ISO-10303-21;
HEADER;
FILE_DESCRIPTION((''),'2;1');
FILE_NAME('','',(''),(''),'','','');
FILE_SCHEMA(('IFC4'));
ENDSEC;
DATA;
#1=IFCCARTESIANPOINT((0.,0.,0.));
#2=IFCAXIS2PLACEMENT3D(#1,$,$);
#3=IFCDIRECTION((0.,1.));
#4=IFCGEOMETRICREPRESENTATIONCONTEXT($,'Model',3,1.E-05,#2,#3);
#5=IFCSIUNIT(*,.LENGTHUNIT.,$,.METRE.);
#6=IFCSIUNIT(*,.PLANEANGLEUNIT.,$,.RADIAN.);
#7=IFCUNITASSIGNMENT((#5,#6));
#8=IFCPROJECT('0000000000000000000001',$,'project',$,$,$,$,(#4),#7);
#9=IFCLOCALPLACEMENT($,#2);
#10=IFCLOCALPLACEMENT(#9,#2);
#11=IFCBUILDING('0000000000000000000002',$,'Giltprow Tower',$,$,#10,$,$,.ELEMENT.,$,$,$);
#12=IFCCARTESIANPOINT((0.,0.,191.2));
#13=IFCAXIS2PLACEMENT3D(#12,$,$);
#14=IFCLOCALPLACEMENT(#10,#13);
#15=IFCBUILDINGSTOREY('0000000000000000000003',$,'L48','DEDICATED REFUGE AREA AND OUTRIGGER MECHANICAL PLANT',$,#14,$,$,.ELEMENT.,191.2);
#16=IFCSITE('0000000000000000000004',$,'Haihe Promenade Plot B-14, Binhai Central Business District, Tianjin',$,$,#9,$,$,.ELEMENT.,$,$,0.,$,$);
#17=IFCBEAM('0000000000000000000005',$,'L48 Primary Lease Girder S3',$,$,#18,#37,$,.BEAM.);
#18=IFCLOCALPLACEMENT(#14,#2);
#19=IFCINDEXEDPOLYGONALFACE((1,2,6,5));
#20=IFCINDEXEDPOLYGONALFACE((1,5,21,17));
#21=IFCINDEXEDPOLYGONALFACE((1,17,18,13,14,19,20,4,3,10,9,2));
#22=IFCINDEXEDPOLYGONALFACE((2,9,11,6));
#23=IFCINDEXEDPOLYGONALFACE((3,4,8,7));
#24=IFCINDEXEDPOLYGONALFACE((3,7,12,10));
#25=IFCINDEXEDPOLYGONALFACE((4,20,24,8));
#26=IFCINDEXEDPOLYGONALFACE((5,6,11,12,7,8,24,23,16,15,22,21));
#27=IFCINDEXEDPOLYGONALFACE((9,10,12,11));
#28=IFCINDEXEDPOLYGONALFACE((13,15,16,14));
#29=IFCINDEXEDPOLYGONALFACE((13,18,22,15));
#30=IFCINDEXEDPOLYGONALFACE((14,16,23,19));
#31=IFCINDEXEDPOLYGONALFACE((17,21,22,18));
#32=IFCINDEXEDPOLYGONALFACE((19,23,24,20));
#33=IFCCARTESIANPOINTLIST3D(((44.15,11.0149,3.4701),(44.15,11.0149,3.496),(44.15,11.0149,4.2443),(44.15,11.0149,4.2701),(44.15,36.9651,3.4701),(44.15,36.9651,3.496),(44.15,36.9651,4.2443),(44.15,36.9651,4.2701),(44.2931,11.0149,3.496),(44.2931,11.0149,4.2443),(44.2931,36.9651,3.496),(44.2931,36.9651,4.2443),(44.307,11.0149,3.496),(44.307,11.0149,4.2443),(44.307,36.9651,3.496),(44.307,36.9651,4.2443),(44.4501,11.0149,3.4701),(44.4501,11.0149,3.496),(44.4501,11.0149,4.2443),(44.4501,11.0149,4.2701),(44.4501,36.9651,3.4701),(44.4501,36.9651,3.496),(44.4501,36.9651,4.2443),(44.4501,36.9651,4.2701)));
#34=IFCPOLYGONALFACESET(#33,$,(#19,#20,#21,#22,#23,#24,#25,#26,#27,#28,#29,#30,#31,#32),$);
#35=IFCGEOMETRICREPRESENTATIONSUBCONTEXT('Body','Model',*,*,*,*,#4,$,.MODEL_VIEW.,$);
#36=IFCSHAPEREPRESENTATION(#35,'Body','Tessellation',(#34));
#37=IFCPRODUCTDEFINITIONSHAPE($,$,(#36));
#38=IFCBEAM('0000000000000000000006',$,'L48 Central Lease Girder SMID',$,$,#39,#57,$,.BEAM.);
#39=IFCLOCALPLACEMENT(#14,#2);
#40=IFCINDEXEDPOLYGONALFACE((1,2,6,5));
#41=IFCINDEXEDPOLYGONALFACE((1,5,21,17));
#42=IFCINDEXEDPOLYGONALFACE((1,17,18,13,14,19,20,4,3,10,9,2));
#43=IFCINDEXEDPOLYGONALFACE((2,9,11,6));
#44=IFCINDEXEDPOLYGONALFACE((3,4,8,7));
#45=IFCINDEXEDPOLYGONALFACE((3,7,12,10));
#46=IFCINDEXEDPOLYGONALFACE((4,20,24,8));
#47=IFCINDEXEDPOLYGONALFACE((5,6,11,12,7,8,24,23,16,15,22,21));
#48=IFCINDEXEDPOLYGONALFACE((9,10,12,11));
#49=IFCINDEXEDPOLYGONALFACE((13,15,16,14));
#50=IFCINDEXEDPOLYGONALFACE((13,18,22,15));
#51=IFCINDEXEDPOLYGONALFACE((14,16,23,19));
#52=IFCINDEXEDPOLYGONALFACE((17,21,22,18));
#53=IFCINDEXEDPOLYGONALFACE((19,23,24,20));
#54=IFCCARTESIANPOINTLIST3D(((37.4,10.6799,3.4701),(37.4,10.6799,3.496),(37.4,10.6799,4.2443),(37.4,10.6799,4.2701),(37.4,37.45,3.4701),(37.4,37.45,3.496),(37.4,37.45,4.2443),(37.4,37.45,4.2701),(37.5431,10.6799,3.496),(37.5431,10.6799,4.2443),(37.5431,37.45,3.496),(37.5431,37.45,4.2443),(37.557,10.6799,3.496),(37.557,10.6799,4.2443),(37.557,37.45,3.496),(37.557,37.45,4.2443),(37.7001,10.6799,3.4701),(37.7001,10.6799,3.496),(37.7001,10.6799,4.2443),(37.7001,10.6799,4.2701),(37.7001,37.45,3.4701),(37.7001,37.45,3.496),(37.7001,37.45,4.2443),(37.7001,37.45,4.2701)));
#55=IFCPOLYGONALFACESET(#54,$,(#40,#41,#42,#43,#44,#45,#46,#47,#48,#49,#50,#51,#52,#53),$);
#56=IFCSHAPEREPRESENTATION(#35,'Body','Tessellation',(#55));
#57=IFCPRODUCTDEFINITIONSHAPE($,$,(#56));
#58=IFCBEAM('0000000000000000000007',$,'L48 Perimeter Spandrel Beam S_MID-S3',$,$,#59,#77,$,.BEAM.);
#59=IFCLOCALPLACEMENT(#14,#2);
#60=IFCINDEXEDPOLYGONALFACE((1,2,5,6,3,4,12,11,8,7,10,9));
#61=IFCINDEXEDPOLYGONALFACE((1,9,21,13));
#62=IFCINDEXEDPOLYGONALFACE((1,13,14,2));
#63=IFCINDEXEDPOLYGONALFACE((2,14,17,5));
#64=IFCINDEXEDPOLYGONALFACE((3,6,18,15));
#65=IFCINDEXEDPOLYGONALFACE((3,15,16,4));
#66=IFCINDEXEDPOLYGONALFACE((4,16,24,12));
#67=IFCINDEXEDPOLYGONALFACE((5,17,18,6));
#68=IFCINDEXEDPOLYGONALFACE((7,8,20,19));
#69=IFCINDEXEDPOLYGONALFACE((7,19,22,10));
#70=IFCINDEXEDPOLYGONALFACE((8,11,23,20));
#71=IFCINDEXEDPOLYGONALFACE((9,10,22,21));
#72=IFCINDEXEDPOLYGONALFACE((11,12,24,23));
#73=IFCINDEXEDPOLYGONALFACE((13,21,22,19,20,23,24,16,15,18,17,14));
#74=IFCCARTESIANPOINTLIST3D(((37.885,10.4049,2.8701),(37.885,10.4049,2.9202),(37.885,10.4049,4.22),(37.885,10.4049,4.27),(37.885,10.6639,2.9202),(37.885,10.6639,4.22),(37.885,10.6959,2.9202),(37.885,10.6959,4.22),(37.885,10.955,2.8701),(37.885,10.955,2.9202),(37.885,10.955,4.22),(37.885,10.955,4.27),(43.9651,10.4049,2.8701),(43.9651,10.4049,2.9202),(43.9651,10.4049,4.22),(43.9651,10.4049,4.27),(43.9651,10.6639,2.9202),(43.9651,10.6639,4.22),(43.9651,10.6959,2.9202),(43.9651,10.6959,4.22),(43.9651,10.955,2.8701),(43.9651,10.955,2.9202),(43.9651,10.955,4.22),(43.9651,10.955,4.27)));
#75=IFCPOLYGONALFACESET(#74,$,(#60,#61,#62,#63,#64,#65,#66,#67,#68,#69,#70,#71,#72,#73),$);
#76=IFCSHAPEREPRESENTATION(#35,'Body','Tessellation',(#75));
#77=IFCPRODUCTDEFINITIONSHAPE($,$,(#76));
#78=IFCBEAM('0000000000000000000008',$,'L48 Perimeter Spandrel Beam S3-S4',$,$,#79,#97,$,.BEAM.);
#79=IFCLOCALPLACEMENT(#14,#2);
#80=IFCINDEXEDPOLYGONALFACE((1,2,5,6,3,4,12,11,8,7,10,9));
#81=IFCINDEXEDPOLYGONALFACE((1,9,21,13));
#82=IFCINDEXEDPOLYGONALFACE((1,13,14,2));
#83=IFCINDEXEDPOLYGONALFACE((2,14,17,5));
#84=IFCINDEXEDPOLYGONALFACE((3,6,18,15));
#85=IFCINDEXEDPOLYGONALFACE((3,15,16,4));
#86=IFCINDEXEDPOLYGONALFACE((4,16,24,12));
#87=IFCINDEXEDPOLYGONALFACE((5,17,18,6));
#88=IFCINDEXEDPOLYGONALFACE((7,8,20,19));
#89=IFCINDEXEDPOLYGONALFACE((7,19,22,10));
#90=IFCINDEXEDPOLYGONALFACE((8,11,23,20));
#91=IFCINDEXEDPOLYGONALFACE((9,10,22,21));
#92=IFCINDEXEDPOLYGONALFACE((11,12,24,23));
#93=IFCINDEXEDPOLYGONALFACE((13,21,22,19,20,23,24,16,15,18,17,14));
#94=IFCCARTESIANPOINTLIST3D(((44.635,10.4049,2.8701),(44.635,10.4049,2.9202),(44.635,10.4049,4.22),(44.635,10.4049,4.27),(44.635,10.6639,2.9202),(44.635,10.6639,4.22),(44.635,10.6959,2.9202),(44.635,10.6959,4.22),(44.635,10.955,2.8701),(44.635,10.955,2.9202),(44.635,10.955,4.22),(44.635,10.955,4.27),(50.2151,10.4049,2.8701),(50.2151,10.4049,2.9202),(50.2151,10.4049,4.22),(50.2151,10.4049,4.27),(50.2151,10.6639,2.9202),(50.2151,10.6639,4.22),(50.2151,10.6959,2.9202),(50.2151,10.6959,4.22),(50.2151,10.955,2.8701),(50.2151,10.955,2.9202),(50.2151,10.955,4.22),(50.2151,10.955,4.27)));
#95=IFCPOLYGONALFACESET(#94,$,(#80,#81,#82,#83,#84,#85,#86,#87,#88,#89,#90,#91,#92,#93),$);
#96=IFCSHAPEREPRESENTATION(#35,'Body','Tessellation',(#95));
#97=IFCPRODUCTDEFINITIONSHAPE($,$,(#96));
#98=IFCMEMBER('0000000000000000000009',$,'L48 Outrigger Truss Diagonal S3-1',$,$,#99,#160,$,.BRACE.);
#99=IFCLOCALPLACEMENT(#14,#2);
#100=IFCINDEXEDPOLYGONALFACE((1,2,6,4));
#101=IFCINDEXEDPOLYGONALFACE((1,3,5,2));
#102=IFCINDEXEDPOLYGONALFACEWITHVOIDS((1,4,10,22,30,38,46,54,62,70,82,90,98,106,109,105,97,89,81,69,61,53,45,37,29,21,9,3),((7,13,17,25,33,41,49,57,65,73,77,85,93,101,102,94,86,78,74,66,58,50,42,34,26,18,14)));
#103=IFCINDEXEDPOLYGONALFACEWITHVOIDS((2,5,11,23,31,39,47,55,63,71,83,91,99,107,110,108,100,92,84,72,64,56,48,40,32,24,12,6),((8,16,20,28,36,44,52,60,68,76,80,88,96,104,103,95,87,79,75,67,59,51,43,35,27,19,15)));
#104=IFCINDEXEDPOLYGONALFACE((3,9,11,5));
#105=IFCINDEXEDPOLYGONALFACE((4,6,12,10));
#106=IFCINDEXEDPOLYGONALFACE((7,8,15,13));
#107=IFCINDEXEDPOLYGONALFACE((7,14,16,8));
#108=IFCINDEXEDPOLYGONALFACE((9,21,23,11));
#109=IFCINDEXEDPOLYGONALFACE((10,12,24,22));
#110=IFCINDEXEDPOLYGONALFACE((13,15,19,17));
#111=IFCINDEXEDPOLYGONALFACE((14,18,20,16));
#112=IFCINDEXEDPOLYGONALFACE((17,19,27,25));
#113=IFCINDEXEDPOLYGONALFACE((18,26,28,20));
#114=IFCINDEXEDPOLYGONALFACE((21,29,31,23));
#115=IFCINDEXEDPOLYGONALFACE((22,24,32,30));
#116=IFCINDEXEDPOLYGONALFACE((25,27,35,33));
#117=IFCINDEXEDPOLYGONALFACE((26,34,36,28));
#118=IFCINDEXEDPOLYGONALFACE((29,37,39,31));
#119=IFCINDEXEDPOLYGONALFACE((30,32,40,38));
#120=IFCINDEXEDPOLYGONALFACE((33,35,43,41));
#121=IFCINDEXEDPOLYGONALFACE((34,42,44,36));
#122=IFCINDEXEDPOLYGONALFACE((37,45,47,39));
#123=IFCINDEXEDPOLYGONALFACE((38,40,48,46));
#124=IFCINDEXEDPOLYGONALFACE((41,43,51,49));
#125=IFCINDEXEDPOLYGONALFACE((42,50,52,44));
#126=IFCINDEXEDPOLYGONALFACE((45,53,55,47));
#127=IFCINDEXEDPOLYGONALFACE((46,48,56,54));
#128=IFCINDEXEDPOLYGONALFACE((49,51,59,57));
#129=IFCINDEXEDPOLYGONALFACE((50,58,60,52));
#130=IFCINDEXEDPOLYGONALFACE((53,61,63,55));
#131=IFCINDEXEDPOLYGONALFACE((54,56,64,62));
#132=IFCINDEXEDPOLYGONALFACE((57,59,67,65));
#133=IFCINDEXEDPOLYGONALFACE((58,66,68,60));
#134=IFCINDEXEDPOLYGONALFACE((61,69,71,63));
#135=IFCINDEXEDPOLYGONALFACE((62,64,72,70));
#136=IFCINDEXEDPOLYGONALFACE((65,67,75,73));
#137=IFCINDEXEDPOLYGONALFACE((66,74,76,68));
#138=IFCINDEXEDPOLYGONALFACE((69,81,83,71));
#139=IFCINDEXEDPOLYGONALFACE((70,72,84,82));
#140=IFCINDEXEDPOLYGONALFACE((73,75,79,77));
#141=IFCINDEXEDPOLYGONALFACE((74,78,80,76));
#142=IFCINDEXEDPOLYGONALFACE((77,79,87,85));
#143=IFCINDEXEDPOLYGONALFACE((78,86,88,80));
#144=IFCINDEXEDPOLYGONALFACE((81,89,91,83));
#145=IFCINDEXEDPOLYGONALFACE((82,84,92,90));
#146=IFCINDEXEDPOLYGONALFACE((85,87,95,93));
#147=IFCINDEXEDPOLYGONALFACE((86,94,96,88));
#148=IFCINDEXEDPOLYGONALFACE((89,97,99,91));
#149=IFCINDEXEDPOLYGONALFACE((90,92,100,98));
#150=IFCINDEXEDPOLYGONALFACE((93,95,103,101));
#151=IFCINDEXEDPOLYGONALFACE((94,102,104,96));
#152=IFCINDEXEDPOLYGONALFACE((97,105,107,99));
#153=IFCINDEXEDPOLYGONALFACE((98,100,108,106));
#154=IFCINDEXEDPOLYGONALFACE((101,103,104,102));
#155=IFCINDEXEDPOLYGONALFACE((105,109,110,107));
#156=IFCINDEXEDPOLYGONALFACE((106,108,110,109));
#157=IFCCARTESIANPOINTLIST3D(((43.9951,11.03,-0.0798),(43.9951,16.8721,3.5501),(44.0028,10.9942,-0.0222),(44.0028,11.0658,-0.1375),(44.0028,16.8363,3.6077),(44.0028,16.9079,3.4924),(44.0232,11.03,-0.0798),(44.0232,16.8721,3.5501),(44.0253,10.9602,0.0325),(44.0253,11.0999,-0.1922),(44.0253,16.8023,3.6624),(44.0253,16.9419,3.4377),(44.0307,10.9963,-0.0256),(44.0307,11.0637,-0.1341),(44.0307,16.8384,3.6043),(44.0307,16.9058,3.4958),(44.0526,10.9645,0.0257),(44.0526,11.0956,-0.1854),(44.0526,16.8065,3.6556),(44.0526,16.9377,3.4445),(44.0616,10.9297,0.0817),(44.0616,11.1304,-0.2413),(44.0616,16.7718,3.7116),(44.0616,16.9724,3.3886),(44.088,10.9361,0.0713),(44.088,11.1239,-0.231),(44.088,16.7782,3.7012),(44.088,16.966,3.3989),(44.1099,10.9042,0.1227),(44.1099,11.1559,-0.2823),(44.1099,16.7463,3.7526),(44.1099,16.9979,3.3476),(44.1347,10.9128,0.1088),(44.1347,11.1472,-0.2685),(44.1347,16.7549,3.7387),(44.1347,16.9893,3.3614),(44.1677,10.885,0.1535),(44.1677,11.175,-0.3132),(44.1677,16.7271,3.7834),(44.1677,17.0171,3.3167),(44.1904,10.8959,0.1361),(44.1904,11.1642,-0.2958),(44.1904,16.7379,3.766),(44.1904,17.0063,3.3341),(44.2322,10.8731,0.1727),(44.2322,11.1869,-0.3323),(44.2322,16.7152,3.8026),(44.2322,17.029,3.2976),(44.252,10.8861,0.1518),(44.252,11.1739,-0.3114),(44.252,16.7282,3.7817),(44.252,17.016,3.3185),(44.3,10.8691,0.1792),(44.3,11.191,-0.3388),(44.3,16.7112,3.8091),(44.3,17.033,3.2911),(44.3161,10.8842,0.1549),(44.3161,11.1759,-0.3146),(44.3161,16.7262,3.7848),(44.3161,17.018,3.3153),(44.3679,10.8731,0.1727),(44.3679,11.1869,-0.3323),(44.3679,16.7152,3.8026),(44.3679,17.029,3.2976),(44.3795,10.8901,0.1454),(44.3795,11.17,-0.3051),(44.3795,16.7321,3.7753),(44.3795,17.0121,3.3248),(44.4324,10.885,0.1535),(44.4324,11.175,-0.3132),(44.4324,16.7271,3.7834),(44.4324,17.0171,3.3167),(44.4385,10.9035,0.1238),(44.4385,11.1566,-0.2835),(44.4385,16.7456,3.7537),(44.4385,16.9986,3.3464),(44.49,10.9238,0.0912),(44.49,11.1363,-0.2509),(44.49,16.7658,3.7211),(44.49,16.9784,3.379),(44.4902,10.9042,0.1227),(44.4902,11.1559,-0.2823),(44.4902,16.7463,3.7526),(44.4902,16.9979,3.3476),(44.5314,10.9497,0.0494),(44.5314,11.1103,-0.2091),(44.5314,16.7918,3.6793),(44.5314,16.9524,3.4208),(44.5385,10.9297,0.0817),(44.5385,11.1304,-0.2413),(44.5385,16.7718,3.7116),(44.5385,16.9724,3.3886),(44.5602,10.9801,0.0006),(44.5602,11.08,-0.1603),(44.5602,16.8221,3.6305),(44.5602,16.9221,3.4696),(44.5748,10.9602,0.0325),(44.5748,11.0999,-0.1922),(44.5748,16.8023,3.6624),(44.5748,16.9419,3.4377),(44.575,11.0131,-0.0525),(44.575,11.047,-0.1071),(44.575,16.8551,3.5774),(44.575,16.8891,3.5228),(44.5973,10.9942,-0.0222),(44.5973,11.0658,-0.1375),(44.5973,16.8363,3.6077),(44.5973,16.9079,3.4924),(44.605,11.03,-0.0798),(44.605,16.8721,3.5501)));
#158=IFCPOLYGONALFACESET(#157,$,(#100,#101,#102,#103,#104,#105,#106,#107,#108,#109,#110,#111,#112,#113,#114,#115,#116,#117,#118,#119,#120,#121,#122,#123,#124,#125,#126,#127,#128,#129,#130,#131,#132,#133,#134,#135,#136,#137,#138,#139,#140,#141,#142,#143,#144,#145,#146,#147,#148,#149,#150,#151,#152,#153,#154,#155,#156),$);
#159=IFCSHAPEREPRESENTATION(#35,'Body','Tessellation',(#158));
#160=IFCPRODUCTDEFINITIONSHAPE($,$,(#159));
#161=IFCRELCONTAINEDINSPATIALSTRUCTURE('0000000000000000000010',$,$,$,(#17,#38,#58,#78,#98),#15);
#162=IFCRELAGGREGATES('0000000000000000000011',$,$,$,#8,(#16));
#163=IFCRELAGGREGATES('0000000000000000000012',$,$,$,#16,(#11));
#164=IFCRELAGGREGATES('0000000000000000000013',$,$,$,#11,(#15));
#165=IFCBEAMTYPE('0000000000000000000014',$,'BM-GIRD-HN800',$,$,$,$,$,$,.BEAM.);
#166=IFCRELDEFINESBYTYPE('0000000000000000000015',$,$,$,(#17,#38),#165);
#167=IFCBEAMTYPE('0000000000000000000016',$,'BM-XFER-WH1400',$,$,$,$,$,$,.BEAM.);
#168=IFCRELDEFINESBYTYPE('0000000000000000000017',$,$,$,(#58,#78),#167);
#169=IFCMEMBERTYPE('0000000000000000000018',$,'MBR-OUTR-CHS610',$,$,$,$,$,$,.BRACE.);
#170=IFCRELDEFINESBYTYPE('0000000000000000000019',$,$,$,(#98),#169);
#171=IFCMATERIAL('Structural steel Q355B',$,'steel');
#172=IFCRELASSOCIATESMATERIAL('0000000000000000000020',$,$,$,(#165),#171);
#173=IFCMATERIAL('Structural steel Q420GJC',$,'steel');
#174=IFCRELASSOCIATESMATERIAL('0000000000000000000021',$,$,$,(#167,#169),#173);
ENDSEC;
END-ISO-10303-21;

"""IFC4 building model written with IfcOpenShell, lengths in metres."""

from ifc_helpers import new_model, si_unit, direction, frame, origin, origin_2d, place, context, subcontext, project, spatial, hollow_circle, i_section, extrude, source, transform, mapped, material, material_profile, profile_set, type_object, element, save


model = new_model("IFC4")

# Units and contexts
model_context = context("Model", 3, precision=1e-05, world=origin(), true_north=direction((0.0, 1.0)))
body_context = subcontext(model_context, "Body", "Model", "MODEL_VIEW")
ifc_project = project(units=[si_unit("LENGTHUNIT", "METRE"), si_unit("PLANEANGLEUNIT", "RADIAN")], contexts=[model_context])

# Site, building, storey
site_placement = place(None, origin())
site = spatial("IfcSite", under=ifc_project, at=site_placement, Name="Haihe Promenade Plot B-14, Binhai Central Business District, Tianjin", CompositionType="ELEMENT", RefElevation=0.0)
building_placement = place(site_placement, origin())
building = spatial("IfcBuilding", under=site, at=building_placement, Name="Giltprow Tower", CompositionType="ELEMENT")
storey_placement = place(building_placement, frame((0.0, 0.0, 191.2)))
storey = spatial("IfcBuildingStorey", under=building, at=storey_placement, Name="L48", Description="DEDICATED REFUGE AREA AND OUTRIGGER MECHANICAL PLANT", CompositionType="ELEMENT", Elevation=191.2)

# Shared definitions
ifc_material_1 = material(Name="Structural steel Q420GJC", Category="steel")

# Beams
ifc_material_2 = material(Name="Structural steel Q355B", Category="steel")
ifc_material_profile_1 = material_profile(ifc_material_2, i_section(OverallWidth=0.3, OverallDepth=0.8, WebThickness=0.0139, FlangeThickness=0.0259, at=origin_2d()), Name="HN 800x300x14x26")
ifc_profile_set_1 = profile_set([ifc_material_profile_1], Name="Structural steel Q355B")
beam_type_1 = type_object("IfcBeamType", Name="BM-GIRD-HN800", PredefinedType="BEAM", material=ifc_profile_set_1)
shared_shape_1 = source(origin(), body_context, "Body", "SweptSolid", [
    extrude(i_section(OverallWidth=0.3, OverallDepth=0.8, WebThickness=0.0139, FlangeThickness=0.0259, at=origin_2d()), origin(), (0.0, 0.0, 1.0), 25.9502),
])
beam_1_placement = place(storey_placement, frame((44.3, 11.0149, 3.8701), z_axis=(0.0, 1.0, 0.0), x_axis=(-1.0, 0.0, 0.0)))
element("IfcBeam", 1, at=beam_1_placement, inside=storey, type_object=beam_type_1, Name="L48 Primary Lease Girder S3", PredefinedType="BEAM", context=body_context, shape_type="MappedRepresentation", body=[
    mapped(shared_shape_1, transform((0.0, 0.0, 0.0), x_axis=(1.0, 0.0, 0.0), y_axis=(0.0, 1.0, 0.0), z_axis=(0.0, 0.0, 1.0), scale=1.0)),
])
shared_shape_2 = source(origin(), body_context, "Body", "SweptSolid", [
    extrude(i_section(OverallWidth=0.3, OverallDepth=0.8, WebThickness=0.0139, FlangeThickness=0.0259, at=origin_2d()), origin(), (0.0, 0.0, 1.0), 26.77),
])
beam_2_placement = place(storey_placement, frame((37.55, 10.6799, 3.8701), z_axis=(0.0, 1.0, 0.0), x_axis=(-1.0, 0.0, 0.0)))
element("IfcBeam", 2, at=beam_2_placement, inside=storey, type_object=beam_type_1, Name="L48 Central Lease Girder SMID", PredefinedType="BEAM", context=body_context, shape_type="MappedRepresentation", body=[
    mapped(shared_shape_2, transform((0.0, 0.0, 0.0), x_axis=(1.0, 0.0, 0.0), y_axis=(0.0, 1.0, 0.0), z_axis=(0.0, 0.0, 1.0), scale=1.0)),
])
ifc_material_profile_2 = material_profile(ifc_material_1, i_section(OverallWidth=0.55, OverallDepth=1.3999, WebThickness=0.032, FlangeThickness=0.05, at=origin_2d()), Name="WH 1400x550x32x50")
ifc_profile_set_2 = profile_set([ifc_material_profile_2], Name="Structural steel Q420GJC")
beam_type_2 = type_object("IfcBeamType", Name="BM-XFER-WH1400", PredefinedType="BEAM", material=ifc_profile_set_2)
shared_shape_3 = source(origin(), body_context, "Body", "SweptSolid", [
    extrude(i_section(OverallWidth=0.55, OverallDepth=1.3999, WebThickness=0.032, FlangeThickness=0.05, at=origin_2d()), origin(), (0.0, 0.0, 1.0), 6.0801),
])
beam_3_placement = place(storey_placement, frame((37.885, 10.6799, 3.5701), z_axis=(1.0, 0.0, 0.0), x_axis=(0.0, 1.0, 0.0)))
element("IfcBeam", 3, at=beam_3_placement, inside=storey, type_object=beam_type_2, Name="L48 Perimeter Spandrel Beam S_MID-S3", PredefinedType="BEAM", context=body_context, shape_type="MappedRepresentation", body=[
    mapped(shared_shape_3, transform((0.0, 0.0, 0.0), x_axis=(1.0, 0.0, 0.0), y_axis=(0.0, 1.0, 0.0), z_axis=(0.0, 0.0, 1.0), scale=1.0)),
])
shared_shape_4 = source(origin(), body_context, "Body", "SweptSolid", [
    extrude(i_section(OverallWidth=0.55, OverallDepth=1.3999, WebThickness=0.032, FlangeThickness=0.05, at=origin_2d()), origin(), (0.0, 0.0, 1.0), 5.5801),
])
beam_4_placement = place(storey_placement, frame((44.635, 10.6799, 3.5701), z_axis=(1.0, 0.0, 0.0), x_axis=(0.0, 1.0, 0.0)))
element("IfcBeam", 4, at=beam_4_placement, inside=storey, type_object=beam_type_2, Name="L48 Perimeter Spandrel Beam S3-S4", PredefinedType="BEAM", context=body_context, shape_type="MappedRepresentation", body=[
    mapped(shared_shape_4, transform((0.0, 0.0, 0.0), x_axis=(1.0, 0.0, 0.0), y_axis=(0.0, 1.0, 0.0), z_axis=(0.0, 0.0, 1.0), scale=1.0)),
])

# Member
ifc_material_profile_3 = material_profile(ifc_material_1, hollow_circle(Radius=0.3049, WallThickness=0.0281, at=origin_2d()), Name="CHS 610x28")
ifc_profile_set_3 = profile_set([ifc_material_profile_3], Name="Structural steel Q420GJC")
member_type_1 = type_object("IfcMemberType", Name="MBR-OUTR-CHS610", PredefinedType="BRACE", material=ifc_profile_set_3)
shared_shape_5 = source(origin(), body_context, "Body", "SweptSolid", [
    extrude(hollow_circle(Radius=0.3049, WallThickness=0.0281, at=origin_2d()), origin(), (0.0, 0.0, 1.0), 6.8779),
])
member_1_placement = place(storey_placement, frame((44.3, 11.03, -0.0798), z_axis=(0.0, 0.849393, 0.52776), x_axis=(-1.0, 0.0, 0.0)))
element("IfcMember", 5, at=member_1_placement, inside=storey, type_object=member_type_1, Name="L48 Outrigger Truss Diagonal S3-1", PredefinedType="BRACE", context=body_context, shape_type="MappedRepresentation", body=[
    mapped(shared_shape_5, transform((0.0, 0.0, 0.0), x_axis=(1.0, 0.0, 0.0), y_axis=(0.0, 1.0, 0.0), z_axis=(0.0, 0.0, 1.0), scale=1.0)),
])

save(model, "model.ifc")
